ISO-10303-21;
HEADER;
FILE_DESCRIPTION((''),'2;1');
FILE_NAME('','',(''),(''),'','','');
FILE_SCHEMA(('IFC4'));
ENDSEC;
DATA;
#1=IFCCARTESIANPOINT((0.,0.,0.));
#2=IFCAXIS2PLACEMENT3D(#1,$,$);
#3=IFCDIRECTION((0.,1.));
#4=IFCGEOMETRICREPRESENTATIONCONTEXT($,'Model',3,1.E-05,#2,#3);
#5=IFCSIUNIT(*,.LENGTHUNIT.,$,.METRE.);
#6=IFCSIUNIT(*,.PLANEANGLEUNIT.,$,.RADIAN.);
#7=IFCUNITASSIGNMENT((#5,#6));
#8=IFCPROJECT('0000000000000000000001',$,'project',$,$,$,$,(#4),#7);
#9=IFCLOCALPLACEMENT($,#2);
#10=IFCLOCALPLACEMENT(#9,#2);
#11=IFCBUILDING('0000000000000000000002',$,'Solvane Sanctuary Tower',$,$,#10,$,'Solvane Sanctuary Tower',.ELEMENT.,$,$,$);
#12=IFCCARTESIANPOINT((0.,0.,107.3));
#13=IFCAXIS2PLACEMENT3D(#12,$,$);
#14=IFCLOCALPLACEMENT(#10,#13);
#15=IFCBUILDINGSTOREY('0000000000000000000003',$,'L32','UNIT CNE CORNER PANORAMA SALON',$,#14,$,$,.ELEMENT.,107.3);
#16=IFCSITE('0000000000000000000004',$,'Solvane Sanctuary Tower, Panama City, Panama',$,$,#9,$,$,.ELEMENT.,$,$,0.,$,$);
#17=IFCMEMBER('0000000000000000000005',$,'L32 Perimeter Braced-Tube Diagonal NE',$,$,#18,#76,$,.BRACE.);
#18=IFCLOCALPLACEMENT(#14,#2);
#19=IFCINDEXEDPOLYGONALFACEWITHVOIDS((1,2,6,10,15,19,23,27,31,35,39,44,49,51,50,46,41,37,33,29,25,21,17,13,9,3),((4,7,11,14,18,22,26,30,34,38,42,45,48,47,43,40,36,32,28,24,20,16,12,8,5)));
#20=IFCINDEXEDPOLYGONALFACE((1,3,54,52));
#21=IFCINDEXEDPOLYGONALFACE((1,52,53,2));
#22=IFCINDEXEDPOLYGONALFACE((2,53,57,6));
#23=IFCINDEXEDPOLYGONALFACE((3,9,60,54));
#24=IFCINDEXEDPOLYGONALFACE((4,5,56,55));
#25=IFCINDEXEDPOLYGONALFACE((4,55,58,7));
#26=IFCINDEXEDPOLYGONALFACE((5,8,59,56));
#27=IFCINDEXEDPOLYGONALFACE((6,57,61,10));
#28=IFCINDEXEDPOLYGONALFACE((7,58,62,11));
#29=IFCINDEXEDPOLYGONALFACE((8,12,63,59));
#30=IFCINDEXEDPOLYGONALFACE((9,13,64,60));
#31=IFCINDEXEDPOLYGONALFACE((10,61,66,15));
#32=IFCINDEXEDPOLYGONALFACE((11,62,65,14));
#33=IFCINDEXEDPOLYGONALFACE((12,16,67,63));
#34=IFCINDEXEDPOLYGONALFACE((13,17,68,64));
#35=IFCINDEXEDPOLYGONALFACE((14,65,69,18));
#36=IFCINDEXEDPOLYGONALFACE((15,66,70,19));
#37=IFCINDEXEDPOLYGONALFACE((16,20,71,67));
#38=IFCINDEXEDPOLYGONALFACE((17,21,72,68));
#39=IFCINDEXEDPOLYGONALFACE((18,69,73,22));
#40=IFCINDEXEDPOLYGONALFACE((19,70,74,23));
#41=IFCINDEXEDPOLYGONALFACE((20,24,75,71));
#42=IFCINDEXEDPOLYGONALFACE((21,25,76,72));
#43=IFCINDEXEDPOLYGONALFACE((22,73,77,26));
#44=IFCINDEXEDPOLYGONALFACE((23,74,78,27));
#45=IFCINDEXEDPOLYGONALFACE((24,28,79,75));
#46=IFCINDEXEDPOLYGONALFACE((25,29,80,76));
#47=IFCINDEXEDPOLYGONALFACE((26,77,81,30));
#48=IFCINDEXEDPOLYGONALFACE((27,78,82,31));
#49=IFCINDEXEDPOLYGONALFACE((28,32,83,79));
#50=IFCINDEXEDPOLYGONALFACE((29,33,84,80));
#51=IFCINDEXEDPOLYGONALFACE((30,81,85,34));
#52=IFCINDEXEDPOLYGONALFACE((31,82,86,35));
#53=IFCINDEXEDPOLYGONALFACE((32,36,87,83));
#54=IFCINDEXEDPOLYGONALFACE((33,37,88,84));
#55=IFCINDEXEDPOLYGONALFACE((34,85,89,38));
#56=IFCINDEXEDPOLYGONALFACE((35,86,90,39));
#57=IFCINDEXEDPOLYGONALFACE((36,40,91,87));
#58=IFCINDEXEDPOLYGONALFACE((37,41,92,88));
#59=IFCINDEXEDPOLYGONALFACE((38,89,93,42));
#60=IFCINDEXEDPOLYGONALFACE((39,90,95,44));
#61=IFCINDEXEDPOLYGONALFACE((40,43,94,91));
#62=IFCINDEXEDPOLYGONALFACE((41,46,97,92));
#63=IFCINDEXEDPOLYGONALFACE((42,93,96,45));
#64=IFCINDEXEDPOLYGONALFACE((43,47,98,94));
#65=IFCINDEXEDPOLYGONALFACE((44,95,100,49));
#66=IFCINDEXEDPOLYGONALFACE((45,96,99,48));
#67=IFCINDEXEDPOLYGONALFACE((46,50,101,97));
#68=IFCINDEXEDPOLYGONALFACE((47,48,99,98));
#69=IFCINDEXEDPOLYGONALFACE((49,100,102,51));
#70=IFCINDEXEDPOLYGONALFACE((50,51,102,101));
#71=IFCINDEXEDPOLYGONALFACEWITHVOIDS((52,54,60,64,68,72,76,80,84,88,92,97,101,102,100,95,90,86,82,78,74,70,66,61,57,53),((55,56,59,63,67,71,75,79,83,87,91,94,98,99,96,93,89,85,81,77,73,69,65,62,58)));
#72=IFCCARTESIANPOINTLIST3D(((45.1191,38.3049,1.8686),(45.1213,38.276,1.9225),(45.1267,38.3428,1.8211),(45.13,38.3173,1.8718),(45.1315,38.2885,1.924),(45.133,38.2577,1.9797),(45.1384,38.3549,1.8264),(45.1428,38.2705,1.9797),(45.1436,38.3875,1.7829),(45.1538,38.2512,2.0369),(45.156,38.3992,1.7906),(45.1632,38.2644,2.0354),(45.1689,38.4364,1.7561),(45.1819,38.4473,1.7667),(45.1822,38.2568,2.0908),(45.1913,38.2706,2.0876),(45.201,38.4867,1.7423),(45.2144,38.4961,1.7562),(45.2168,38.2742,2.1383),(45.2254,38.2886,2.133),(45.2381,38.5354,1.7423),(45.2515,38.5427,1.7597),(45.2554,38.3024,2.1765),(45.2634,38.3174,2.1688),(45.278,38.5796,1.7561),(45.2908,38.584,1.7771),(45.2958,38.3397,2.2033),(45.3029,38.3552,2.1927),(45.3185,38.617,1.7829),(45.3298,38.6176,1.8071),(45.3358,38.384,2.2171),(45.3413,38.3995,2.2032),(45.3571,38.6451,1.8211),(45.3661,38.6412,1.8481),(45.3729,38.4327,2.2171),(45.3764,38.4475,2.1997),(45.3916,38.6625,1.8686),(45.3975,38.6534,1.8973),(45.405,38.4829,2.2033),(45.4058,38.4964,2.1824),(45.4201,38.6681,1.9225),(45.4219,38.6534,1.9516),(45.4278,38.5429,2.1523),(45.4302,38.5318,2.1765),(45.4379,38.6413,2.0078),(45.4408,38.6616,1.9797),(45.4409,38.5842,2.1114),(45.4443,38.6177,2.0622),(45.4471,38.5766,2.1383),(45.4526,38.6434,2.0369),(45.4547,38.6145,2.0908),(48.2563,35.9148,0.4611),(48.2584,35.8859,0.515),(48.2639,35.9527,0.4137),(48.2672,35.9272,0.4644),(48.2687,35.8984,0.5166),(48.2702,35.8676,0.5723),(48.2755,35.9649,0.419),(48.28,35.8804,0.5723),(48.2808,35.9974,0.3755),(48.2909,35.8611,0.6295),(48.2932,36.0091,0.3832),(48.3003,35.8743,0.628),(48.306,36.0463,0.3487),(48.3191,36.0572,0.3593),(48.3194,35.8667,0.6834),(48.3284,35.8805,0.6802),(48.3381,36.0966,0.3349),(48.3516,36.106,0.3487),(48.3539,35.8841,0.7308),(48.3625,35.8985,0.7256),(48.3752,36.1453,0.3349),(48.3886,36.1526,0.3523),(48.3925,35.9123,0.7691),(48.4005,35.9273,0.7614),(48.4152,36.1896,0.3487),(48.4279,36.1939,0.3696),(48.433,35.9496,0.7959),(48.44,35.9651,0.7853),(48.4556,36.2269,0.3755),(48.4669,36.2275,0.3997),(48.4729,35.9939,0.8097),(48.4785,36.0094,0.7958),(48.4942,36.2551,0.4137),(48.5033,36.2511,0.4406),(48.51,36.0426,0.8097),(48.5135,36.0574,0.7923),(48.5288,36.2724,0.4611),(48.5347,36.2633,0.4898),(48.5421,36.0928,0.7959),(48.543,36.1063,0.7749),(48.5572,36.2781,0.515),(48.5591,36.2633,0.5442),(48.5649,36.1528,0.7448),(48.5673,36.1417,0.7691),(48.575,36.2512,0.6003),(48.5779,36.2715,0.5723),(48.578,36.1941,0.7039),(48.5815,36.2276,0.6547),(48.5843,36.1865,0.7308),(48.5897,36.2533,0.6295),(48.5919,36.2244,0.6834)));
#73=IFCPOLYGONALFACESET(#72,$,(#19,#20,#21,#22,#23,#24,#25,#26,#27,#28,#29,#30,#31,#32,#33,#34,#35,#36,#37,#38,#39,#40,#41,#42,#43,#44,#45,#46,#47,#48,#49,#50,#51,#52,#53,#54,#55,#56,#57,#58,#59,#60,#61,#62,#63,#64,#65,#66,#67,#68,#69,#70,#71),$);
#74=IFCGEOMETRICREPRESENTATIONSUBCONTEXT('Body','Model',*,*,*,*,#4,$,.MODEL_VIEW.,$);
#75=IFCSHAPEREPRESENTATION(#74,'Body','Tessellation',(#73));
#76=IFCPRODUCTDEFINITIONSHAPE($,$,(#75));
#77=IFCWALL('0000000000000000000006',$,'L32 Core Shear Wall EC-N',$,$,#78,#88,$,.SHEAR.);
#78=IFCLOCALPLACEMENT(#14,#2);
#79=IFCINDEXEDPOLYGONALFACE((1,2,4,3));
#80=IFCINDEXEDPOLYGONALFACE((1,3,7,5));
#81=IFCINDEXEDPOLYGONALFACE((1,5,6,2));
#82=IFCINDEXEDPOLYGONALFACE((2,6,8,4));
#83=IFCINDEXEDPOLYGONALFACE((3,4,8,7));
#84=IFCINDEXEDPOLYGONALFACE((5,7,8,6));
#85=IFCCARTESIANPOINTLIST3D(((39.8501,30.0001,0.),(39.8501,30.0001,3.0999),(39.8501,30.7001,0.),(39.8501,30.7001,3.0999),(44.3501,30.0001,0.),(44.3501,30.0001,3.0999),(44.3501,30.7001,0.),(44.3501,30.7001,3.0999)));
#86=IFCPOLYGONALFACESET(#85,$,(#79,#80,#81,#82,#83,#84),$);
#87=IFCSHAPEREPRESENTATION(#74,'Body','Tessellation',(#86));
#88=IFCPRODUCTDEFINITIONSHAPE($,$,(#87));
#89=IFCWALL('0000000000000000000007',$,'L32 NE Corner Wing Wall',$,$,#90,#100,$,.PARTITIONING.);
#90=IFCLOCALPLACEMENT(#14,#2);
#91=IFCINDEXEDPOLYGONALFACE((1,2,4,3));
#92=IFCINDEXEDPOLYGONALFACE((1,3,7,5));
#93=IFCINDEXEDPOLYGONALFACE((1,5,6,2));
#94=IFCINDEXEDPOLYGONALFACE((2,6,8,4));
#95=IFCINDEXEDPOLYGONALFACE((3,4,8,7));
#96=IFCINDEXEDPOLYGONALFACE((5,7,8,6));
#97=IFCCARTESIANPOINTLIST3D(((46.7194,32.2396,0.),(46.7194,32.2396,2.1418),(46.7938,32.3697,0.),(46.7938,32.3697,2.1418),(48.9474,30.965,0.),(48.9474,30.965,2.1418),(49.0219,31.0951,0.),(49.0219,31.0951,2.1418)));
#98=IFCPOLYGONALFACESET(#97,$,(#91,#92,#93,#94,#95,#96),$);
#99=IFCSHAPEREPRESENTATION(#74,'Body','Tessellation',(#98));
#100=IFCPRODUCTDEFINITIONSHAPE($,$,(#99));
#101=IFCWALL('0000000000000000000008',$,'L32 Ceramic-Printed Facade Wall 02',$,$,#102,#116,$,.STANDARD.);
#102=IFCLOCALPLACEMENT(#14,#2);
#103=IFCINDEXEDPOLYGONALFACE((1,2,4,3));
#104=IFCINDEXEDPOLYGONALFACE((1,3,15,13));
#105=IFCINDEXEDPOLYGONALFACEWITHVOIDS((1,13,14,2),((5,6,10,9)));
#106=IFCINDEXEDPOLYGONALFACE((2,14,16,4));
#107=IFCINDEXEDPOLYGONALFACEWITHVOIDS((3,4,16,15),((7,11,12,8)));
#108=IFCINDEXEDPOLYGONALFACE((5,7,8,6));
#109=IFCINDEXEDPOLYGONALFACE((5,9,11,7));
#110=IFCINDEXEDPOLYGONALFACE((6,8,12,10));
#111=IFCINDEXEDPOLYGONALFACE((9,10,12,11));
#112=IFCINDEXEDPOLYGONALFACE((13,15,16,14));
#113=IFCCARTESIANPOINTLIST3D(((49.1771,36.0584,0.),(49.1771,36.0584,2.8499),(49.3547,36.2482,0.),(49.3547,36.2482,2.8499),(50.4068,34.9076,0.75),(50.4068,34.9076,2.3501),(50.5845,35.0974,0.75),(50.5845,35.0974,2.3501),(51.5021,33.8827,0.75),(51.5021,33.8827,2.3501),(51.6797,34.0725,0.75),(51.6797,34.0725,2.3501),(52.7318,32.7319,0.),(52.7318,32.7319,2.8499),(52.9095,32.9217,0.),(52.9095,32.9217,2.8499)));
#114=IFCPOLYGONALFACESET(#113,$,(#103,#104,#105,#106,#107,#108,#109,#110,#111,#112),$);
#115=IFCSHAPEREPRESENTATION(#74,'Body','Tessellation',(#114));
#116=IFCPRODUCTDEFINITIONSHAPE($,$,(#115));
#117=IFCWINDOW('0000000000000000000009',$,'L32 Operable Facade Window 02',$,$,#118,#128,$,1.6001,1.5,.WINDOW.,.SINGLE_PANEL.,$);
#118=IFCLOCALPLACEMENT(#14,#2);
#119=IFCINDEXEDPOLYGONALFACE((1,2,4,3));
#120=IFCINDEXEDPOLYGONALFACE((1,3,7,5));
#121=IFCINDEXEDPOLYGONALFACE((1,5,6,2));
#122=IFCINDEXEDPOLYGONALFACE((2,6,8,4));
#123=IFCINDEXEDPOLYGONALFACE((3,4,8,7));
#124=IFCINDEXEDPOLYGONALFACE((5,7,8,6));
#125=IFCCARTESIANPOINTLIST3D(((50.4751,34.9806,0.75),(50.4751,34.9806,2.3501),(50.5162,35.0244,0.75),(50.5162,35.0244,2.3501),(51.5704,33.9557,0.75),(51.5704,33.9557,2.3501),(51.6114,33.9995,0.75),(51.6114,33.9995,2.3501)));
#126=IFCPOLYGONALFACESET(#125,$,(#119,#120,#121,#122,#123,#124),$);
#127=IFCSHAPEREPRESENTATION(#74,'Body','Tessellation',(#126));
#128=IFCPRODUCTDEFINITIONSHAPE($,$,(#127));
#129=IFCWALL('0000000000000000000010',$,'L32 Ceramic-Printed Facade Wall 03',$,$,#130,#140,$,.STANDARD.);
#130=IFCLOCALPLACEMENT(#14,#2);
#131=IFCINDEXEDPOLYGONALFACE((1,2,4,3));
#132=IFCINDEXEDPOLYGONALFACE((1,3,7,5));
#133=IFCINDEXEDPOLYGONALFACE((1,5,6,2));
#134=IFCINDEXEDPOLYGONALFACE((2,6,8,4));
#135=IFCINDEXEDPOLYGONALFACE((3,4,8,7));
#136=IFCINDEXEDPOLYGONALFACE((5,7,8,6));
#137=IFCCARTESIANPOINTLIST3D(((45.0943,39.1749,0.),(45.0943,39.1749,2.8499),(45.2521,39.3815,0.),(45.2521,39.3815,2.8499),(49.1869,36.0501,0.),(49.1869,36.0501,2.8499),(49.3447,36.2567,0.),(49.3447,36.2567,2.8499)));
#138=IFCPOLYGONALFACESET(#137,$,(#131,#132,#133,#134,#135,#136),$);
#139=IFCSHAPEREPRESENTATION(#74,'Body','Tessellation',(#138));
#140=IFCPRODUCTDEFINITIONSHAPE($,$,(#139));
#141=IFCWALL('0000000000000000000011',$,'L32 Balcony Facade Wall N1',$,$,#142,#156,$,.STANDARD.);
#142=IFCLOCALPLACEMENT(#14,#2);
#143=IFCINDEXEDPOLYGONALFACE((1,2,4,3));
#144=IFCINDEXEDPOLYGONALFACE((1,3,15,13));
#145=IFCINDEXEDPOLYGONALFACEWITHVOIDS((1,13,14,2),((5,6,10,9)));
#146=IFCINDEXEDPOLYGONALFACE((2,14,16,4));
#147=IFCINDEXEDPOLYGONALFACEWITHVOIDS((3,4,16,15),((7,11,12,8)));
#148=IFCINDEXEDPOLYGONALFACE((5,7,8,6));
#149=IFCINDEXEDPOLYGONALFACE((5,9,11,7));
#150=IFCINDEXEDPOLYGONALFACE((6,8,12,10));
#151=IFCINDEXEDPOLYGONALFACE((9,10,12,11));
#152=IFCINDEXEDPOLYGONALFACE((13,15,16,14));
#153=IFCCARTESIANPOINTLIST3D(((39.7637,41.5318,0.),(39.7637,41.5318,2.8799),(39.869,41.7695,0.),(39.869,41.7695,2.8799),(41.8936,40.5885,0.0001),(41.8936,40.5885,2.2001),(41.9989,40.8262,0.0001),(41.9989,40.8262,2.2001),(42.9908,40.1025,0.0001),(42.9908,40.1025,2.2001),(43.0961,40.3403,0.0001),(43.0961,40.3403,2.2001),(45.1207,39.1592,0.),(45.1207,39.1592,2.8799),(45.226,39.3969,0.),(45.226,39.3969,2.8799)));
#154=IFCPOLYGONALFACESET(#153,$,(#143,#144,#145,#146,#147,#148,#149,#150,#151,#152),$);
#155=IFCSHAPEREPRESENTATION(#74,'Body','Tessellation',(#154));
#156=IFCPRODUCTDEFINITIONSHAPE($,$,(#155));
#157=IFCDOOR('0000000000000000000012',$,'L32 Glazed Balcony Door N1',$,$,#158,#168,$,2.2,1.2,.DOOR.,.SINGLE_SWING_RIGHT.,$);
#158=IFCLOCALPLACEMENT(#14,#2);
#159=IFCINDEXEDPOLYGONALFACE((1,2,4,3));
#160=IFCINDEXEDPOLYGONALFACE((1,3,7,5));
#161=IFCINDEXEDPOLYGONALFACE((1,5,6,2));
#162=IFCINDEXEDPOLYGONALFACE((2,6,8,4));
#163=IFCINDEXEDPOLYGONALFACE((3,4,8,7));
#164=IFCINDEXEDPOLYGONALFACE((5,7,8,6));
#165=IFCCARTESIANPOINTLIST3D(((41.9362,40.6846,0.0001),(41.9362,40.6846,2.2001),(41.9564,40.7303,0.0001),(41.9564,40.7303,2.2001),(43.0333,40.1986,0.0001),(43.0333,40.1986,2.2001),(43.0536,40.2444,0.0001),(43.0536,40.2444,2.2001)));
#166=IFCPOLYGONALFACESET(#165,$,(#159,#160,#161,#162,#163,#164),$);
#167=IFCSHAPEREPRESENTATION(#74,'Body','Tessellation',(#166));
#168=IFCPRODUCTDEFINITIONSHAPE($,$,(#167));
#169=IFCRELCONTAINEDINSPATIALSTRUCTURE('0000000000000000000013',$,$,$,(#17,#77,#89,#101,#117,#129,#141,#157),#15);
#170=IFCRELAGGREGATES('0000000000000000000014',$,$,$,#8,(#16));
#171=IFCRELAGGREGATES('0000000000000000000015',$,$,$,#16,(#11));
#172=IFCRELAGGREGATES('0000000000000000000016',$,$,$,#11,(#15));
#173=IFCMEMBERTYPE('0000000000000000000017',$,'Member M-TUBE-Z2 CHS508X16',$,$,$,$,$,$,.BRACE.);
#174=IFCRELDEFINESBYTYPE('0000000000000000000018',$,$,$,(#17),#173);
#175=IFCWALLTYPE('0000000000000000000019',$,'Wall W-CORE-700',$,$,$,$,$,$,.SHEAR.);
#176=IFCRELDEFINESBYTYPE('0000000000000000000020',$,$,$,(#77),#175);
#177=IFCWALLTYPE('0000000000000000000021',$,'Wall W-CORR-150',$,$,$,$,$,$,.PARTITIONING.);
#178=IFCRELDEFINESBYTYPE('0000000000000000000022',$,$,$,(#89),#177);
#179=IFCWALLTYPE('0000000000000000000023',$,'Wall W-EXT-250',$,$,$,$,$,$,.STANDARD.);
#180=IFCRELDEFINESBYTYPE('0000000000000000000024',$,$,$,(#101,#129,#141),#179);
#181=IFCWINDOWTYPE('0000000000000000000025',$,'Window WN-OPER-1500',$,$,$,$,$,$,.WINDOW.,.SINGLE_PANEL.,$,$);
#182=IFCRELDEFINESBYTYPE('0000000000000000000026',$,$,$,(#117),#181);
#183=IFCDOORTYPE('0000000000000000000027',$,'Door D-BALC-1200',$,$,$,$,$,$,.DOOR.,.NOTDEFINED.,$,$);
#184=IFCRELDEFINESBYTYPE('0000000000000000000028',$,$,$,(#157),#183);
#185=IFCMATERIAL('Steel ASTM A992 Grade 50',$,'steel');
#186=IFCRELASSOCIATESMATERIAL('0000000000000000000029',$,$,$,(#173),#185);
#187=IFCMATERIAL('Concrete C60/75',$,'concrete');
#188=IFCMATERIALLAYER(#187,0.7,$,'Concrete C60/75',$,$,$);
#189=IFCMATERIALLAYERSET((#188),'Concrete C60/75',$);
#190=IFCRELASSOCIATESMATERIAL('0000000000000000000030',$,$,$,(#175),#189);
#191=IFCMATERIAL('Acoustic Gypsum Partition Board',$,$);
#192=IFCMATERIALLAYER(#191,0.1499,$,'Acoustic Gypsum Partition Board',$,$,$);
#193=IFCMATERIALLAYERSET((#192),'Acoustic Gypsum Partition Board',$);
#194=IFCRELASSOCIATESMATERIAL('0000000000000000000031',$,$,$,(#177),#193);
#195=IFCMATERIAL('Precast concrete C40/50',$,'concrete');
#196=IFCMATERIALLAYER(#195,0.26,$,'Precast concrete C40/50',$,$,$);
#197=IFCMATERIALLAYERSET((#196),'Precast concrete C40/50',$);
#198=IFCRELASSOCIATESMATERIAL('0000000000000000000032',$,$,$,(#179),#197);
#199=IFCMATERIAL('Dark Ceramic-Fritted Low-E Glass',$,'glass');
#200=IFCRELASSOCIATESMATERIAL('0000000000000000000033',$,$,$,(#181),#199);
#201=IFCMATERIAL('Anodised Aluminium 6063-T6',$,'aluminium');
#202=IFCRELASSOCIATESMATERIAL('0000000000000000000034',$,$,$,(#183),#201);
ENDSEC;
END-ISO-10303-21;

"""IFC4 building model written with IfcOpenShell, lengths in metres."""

from ifc_helpers import new_model, si_unit, direction, frame, frame_2d, origin, origin_2d, place, context, subcontext, project, spatial, rectangle, hollow_circle, extrude, material, layer, layer_set, material_profile, profile_set, type_object, element, fill, save


model = new_model("IFC4")

# Units and contexts
model_context = context("Model", 3, precision=1e-05, world=origin(), true_north=direction((0.0, 1.0)))
body_context = subcontext(model_context, "Body", "Model", "MODEL_VIEW")
ifc_project = project(units=[si_unit("LENGTHUNIT", "METRE"), si_unit("PLANEANGLEUNIT", "RADIAN")], contexts=[model_context])

# Site, building, storey
site_placement = place(None, origin())
site = spatial("IfcSite", under=ifc_project, at=site_placement, Name="Solvane Sanctuary Tower, Panama City, Panama", CompositionType="ELEMENT", RefElevation=0.0)
building_placement = place(site_placement, origin())
building = spatial("IfcBuilding", under=site, at=building_placement, Name="Solvane Sanctuary Tower", LongName="Solvane Sanctuary Tower", CompositionType="ELEMENT")
storey_placement = place(building_placement, frame((0.0, 0.0, 107.3)))
storey = spatial("IfcBuildingStorey", under=building, at=storey_placement, Name="L32", Description="UNIT CNE CORNER PANORAMA SALON", CompositionType="ELEMENT", Elevation=107.3)

# Shared definitions
ifc_material_1 = material(Name="Concrete C60/75", Category="concrete")

# Shared definitions
ifc_material_2 = material(Name="Steel ASTM A992 Grade 50", Category="steel")

# Member
ifc_material_profile_1 = material_profile(ifc_material_2, hollow_circle(Radius=0.2539, WallThickness=0.0161, at=origin_2d()), Name="CHS508X16")
ifc_profile_set_1 = profile_set([ifc_material_profile_1], Name="Steel ASTM A992 Grade 50")
member_type = type_object("IfcMemberType", Name="Member M-TUBE-Z2 CHS508X16", PredefinedType="BRACE", material=ifc_profile_set_1)
member_placement = place(storey_placement, frame((48.4241, 36.0696, 0.5723), z_axis=(-0.74917, 0.570769, 0.336106), x_axis=(-0.606025, -0.795446, 0.0)))
element("IfcMember", 1, at=member_placement, inside=storey, type_object=member_type, Name="L32 Perimeter Braced-Tube Diagonal NE", PredefinedType="BRACE", context=body_context, shape_type="SweptSolid", body=[
    extrude(hollow_circle(Radius=0.2539, WallThickness=0.0161, at=origin_2d()), origin(), (0.0, 0.0, 1.0), 4.1875),
])

# Walls
ifc_layer_1 = layer(ifc_material_1, 0.7, Name="Concrete C60/75")
ifc_layer_set_1 = layer_set([ifc_layer_1], Name="Concrete C60/75")
wall_type_1 = type_object("IfcWallType", Name="Wall W-CORE-700", PredefinedType="SHEAR", material=ifc_layer_set_1)
wall_1_placement = place(storey_placement, frame((39.8501, 30.3501, 0.0), z_axis=(0.0, 0.0, 1.0), x_axis=(1.0, 0.0, 0.0)))
element("IfcWall", 2, at=wall_1_placement, inside=storey, type_object=wall_type_1, Name="L32 Core Shear Wall EC-N", PredefinedType="SHEAR", context=body_context, shape_type="SweptSolid", body=[
    extrude(rectangle(XDim=4.5, YDim=0.7, at=frame_2d((2.25, 0.0))), origin(), (0.0, 0.0, 1.0), 3.0999),
])
ifc_material_3 = material(Name="Acoustic Gypsum Partition Board")
ifc_layer_2 = layer(ifc_material_3, 0.1499, Name="Acoustic Gypsum Partition Board")
ifc_layer_set_2 = layer_set([ifc_layer_2], Name="Acoustic Gypsum Partition Board")
wall_type_2 = type_object("IfcWallType", Name="Wall W-CORR-150", PredefinedType="PARTITIONING", material=ifc_layer_set_2)
wall_2_placement = place(storey_placement, frame((46.7566, 32.3047, 0.0), z_axis=(0.0, 0.0, 1.0), x_axis=(0.867991, -0.496579, 0.0)))
element("IfcWall", 3, at=wall_2_placement, inside=storey, type_object=wall_type_2, Name="L32 NE Corner Wing Wall", PredefinedType="PARTITIONING", context=body_context, shape_type="SweptSolid", body=[
    extrude(rectangle(XDim=2.5669, YDim=0.1499, at=frame_2d((1.2834, 0.0))), origin(), (0.0, 0.0, 1.0), 2.1418),
])

# Wall, opening, window
ifc_material_4 = material(Name="Precast concrete C40/50", Category="concrete")
ifc_layer_3 = layer(ifc_material_4, 0.26, Name="Precast concrete C40/50")
ifc_layer_set_3 = layer_set([ifc_layer_3], Name="Precast concrete C40/50")
wall_type_3 = type_object("IfcWallType", Name="Wall W-EXT-250", PredefinedType="STANDARD", material=ifc_layer_set_3)
wall_3_placement = place(storey_placement, frame((52.8206, 32.8269, 0.0), z_axis=(0.0, 0.0, 1.0), x_axis=(-0.730162, 0.683274, 0.0)))
wall_3 = element("IfcWall", 4, at=wall_3_placement, inside=storey, type_object=wall_type_3, Name="L32 Ceramic-Printed Facade Wall 02", PredefinedType="STANDARD", context=body_context, shape_type="SweptSolid", body=[
    extrude(rectangle(XDim=4.8684, YDim=0.26, at=frame_2d((2.4341, 0.0))), origin(), (0.0, 0.0, 1.0), 2.8499),
])
opening_1_placement = place(wall_3_placement, frame((1.6841, 0.0, 0.75)))
opening_1 = element("IfcOpeningElement", 5, at=opening_1_placement, cuts=wall_3, PredefinedType="OPENING", context=body_context, shape_type="SweptSolid", body=[
    extrude(rectangle(XDim=1.5, YDim=1.6001, at=frame_2d((0.75, 0.8))), frame((0.0, 0.1399, 0.0), z_axis=(0.0, -1.0, 0.0), x_axis=(1.0, 0.0, 0.0)), (0.0, 0.0, 1.0), 0.28),
])
ifc_material_5 = material(Name="Dark Ceramic-Fritted Low-E Glass", Category="glass")
window_type = type_object("IfcWindowType", Name="Window WN-OPER-1500", PartitioningType="SINGLE_PANEL", PredefinedType="WINDOW", material=ifc_material_5)
window_1_placement = place(opening_1_placement, origin())
window_1 = element("IfcWindow", 6, at=window_1_placement, inside=storey, type_object=window_type, Name="L32 Operable Facade Window 02", OverallHeight=1.6001, OverallWidth=1.5, PartitioningType="SINGLE_PANEL", PredefinedType="WINDOW", context=body_context, shape_type="SweptSolid", body=[
    extrude(rectangle(XDim=1.5, YDim=1.6001, at=frame_2d((0.75, 0.8))), frame((0.0, 0.03, 0.0), z_axis=(0.0, -1.0, 0.0), x_axis=(1.0, 0.0, 0.0)), (0.0, 0.0, 1.0), 0.0601),
])
fill(opening_1, window_1)

# Wall
wall_4_placement = place(storey_placement, frame((49.2659, 36.1533, 0.0), z_axis=(0.0, 0.0, 1.0), x_axis=(-0.79481, 0.606859, 0.0)))
element("IfcWall", 7, at=wall_4_placement, inside=storey, type_object=wall_type_3, Name="L32 Ceramic-Printed Facade Wall 03", PredefinedType="STANDARD", context=body_context, shape_type="SweptSolid", body=[
    extrude(rectangle(XDim=5.1492, YDim=0.26, at=frame_2d((2.5747, 0.0))), origin(), (0.0, 0.0, 1.0), 2.8499),
])

# Wall, opening, door
wall_5_placement = place(storey_placement, frame((45.1733, 39.2781, 0.0), z_axis=(0.0, 0.0, 1.0), x_axis=(-0.914337, 0.404955, 0.0)))
wall_5 = element("IfcWall", 8, at=wall_5_placement, inside=storey, type_object=wall_type_3, Name="L32 Balcony Facade Wall N1", PredefinedType="STANDARD", context=body_context, shape_type="SweptSolid", body=[
    extrude(rectangle(XDim=5.8589, YDim=0.26, at=frame_2d((2.9294, 0.0))), origin(), (0.0, 0.0, 1.0), 2.8799),
])
opening_2_placement = place(wall_5_placement, frame((2.3293, 0.0, 0.0)))
opening_2 = element("IfcOpeningElement", 9, at=opening_2_placement, cuts=wall_5, PredefinedType="OPENING", context=body_context, shape_type="SweptSolid", body=[
    extrude(rectangle(XDim=1.2, YDim=2.2, at=frame_2d((0.6001, 1.1001))), frame((0.0, 0.1399, 0.0), z_axis=(0.0, -1.0, 0.0), x_axis=(1.0, 0.0, 0.0)), (0.0, 0.0, 1.0), 0.28),
])
ifc_material_6 = material(Name="Anodised Aluminium 6063-T6", Category="aluminium")
door_type_1 = type_object("IfcDoorType", Name="Door D-BALC-1200", OperationType="NOTDEFINED", PredefinedType="DOOR", material=ifc_material_6)
door_1_placement = place(opening_2_placement, origin())
door_1 = element("IfcDoor", 10, at=door_1_placement, inside=storey, type_object=door_type_1, Name="L32 Glazed Balcony Door N1", OperationType="SINGLE_SWING_RIGHT", OverallHeight=2.2, OverallWidth=1.2, PredefinedType="DOOR", context=body_context, shape_type="SweptSolid", body=[
    extrude(rectangle(XDim=1.2, YDim=2.2, at=frame_2d((0.6001, 1.1001))), frame((0.0, 0.0249, 0.0), z_axis=(0.0, -1.0, 0.0), x_axis=(1.0, 0.0, 0.0)), (0.0, 0.0, 1.0), 0.05),
])
fill(opening_2, door_1)

save(model, "model.ifc")
